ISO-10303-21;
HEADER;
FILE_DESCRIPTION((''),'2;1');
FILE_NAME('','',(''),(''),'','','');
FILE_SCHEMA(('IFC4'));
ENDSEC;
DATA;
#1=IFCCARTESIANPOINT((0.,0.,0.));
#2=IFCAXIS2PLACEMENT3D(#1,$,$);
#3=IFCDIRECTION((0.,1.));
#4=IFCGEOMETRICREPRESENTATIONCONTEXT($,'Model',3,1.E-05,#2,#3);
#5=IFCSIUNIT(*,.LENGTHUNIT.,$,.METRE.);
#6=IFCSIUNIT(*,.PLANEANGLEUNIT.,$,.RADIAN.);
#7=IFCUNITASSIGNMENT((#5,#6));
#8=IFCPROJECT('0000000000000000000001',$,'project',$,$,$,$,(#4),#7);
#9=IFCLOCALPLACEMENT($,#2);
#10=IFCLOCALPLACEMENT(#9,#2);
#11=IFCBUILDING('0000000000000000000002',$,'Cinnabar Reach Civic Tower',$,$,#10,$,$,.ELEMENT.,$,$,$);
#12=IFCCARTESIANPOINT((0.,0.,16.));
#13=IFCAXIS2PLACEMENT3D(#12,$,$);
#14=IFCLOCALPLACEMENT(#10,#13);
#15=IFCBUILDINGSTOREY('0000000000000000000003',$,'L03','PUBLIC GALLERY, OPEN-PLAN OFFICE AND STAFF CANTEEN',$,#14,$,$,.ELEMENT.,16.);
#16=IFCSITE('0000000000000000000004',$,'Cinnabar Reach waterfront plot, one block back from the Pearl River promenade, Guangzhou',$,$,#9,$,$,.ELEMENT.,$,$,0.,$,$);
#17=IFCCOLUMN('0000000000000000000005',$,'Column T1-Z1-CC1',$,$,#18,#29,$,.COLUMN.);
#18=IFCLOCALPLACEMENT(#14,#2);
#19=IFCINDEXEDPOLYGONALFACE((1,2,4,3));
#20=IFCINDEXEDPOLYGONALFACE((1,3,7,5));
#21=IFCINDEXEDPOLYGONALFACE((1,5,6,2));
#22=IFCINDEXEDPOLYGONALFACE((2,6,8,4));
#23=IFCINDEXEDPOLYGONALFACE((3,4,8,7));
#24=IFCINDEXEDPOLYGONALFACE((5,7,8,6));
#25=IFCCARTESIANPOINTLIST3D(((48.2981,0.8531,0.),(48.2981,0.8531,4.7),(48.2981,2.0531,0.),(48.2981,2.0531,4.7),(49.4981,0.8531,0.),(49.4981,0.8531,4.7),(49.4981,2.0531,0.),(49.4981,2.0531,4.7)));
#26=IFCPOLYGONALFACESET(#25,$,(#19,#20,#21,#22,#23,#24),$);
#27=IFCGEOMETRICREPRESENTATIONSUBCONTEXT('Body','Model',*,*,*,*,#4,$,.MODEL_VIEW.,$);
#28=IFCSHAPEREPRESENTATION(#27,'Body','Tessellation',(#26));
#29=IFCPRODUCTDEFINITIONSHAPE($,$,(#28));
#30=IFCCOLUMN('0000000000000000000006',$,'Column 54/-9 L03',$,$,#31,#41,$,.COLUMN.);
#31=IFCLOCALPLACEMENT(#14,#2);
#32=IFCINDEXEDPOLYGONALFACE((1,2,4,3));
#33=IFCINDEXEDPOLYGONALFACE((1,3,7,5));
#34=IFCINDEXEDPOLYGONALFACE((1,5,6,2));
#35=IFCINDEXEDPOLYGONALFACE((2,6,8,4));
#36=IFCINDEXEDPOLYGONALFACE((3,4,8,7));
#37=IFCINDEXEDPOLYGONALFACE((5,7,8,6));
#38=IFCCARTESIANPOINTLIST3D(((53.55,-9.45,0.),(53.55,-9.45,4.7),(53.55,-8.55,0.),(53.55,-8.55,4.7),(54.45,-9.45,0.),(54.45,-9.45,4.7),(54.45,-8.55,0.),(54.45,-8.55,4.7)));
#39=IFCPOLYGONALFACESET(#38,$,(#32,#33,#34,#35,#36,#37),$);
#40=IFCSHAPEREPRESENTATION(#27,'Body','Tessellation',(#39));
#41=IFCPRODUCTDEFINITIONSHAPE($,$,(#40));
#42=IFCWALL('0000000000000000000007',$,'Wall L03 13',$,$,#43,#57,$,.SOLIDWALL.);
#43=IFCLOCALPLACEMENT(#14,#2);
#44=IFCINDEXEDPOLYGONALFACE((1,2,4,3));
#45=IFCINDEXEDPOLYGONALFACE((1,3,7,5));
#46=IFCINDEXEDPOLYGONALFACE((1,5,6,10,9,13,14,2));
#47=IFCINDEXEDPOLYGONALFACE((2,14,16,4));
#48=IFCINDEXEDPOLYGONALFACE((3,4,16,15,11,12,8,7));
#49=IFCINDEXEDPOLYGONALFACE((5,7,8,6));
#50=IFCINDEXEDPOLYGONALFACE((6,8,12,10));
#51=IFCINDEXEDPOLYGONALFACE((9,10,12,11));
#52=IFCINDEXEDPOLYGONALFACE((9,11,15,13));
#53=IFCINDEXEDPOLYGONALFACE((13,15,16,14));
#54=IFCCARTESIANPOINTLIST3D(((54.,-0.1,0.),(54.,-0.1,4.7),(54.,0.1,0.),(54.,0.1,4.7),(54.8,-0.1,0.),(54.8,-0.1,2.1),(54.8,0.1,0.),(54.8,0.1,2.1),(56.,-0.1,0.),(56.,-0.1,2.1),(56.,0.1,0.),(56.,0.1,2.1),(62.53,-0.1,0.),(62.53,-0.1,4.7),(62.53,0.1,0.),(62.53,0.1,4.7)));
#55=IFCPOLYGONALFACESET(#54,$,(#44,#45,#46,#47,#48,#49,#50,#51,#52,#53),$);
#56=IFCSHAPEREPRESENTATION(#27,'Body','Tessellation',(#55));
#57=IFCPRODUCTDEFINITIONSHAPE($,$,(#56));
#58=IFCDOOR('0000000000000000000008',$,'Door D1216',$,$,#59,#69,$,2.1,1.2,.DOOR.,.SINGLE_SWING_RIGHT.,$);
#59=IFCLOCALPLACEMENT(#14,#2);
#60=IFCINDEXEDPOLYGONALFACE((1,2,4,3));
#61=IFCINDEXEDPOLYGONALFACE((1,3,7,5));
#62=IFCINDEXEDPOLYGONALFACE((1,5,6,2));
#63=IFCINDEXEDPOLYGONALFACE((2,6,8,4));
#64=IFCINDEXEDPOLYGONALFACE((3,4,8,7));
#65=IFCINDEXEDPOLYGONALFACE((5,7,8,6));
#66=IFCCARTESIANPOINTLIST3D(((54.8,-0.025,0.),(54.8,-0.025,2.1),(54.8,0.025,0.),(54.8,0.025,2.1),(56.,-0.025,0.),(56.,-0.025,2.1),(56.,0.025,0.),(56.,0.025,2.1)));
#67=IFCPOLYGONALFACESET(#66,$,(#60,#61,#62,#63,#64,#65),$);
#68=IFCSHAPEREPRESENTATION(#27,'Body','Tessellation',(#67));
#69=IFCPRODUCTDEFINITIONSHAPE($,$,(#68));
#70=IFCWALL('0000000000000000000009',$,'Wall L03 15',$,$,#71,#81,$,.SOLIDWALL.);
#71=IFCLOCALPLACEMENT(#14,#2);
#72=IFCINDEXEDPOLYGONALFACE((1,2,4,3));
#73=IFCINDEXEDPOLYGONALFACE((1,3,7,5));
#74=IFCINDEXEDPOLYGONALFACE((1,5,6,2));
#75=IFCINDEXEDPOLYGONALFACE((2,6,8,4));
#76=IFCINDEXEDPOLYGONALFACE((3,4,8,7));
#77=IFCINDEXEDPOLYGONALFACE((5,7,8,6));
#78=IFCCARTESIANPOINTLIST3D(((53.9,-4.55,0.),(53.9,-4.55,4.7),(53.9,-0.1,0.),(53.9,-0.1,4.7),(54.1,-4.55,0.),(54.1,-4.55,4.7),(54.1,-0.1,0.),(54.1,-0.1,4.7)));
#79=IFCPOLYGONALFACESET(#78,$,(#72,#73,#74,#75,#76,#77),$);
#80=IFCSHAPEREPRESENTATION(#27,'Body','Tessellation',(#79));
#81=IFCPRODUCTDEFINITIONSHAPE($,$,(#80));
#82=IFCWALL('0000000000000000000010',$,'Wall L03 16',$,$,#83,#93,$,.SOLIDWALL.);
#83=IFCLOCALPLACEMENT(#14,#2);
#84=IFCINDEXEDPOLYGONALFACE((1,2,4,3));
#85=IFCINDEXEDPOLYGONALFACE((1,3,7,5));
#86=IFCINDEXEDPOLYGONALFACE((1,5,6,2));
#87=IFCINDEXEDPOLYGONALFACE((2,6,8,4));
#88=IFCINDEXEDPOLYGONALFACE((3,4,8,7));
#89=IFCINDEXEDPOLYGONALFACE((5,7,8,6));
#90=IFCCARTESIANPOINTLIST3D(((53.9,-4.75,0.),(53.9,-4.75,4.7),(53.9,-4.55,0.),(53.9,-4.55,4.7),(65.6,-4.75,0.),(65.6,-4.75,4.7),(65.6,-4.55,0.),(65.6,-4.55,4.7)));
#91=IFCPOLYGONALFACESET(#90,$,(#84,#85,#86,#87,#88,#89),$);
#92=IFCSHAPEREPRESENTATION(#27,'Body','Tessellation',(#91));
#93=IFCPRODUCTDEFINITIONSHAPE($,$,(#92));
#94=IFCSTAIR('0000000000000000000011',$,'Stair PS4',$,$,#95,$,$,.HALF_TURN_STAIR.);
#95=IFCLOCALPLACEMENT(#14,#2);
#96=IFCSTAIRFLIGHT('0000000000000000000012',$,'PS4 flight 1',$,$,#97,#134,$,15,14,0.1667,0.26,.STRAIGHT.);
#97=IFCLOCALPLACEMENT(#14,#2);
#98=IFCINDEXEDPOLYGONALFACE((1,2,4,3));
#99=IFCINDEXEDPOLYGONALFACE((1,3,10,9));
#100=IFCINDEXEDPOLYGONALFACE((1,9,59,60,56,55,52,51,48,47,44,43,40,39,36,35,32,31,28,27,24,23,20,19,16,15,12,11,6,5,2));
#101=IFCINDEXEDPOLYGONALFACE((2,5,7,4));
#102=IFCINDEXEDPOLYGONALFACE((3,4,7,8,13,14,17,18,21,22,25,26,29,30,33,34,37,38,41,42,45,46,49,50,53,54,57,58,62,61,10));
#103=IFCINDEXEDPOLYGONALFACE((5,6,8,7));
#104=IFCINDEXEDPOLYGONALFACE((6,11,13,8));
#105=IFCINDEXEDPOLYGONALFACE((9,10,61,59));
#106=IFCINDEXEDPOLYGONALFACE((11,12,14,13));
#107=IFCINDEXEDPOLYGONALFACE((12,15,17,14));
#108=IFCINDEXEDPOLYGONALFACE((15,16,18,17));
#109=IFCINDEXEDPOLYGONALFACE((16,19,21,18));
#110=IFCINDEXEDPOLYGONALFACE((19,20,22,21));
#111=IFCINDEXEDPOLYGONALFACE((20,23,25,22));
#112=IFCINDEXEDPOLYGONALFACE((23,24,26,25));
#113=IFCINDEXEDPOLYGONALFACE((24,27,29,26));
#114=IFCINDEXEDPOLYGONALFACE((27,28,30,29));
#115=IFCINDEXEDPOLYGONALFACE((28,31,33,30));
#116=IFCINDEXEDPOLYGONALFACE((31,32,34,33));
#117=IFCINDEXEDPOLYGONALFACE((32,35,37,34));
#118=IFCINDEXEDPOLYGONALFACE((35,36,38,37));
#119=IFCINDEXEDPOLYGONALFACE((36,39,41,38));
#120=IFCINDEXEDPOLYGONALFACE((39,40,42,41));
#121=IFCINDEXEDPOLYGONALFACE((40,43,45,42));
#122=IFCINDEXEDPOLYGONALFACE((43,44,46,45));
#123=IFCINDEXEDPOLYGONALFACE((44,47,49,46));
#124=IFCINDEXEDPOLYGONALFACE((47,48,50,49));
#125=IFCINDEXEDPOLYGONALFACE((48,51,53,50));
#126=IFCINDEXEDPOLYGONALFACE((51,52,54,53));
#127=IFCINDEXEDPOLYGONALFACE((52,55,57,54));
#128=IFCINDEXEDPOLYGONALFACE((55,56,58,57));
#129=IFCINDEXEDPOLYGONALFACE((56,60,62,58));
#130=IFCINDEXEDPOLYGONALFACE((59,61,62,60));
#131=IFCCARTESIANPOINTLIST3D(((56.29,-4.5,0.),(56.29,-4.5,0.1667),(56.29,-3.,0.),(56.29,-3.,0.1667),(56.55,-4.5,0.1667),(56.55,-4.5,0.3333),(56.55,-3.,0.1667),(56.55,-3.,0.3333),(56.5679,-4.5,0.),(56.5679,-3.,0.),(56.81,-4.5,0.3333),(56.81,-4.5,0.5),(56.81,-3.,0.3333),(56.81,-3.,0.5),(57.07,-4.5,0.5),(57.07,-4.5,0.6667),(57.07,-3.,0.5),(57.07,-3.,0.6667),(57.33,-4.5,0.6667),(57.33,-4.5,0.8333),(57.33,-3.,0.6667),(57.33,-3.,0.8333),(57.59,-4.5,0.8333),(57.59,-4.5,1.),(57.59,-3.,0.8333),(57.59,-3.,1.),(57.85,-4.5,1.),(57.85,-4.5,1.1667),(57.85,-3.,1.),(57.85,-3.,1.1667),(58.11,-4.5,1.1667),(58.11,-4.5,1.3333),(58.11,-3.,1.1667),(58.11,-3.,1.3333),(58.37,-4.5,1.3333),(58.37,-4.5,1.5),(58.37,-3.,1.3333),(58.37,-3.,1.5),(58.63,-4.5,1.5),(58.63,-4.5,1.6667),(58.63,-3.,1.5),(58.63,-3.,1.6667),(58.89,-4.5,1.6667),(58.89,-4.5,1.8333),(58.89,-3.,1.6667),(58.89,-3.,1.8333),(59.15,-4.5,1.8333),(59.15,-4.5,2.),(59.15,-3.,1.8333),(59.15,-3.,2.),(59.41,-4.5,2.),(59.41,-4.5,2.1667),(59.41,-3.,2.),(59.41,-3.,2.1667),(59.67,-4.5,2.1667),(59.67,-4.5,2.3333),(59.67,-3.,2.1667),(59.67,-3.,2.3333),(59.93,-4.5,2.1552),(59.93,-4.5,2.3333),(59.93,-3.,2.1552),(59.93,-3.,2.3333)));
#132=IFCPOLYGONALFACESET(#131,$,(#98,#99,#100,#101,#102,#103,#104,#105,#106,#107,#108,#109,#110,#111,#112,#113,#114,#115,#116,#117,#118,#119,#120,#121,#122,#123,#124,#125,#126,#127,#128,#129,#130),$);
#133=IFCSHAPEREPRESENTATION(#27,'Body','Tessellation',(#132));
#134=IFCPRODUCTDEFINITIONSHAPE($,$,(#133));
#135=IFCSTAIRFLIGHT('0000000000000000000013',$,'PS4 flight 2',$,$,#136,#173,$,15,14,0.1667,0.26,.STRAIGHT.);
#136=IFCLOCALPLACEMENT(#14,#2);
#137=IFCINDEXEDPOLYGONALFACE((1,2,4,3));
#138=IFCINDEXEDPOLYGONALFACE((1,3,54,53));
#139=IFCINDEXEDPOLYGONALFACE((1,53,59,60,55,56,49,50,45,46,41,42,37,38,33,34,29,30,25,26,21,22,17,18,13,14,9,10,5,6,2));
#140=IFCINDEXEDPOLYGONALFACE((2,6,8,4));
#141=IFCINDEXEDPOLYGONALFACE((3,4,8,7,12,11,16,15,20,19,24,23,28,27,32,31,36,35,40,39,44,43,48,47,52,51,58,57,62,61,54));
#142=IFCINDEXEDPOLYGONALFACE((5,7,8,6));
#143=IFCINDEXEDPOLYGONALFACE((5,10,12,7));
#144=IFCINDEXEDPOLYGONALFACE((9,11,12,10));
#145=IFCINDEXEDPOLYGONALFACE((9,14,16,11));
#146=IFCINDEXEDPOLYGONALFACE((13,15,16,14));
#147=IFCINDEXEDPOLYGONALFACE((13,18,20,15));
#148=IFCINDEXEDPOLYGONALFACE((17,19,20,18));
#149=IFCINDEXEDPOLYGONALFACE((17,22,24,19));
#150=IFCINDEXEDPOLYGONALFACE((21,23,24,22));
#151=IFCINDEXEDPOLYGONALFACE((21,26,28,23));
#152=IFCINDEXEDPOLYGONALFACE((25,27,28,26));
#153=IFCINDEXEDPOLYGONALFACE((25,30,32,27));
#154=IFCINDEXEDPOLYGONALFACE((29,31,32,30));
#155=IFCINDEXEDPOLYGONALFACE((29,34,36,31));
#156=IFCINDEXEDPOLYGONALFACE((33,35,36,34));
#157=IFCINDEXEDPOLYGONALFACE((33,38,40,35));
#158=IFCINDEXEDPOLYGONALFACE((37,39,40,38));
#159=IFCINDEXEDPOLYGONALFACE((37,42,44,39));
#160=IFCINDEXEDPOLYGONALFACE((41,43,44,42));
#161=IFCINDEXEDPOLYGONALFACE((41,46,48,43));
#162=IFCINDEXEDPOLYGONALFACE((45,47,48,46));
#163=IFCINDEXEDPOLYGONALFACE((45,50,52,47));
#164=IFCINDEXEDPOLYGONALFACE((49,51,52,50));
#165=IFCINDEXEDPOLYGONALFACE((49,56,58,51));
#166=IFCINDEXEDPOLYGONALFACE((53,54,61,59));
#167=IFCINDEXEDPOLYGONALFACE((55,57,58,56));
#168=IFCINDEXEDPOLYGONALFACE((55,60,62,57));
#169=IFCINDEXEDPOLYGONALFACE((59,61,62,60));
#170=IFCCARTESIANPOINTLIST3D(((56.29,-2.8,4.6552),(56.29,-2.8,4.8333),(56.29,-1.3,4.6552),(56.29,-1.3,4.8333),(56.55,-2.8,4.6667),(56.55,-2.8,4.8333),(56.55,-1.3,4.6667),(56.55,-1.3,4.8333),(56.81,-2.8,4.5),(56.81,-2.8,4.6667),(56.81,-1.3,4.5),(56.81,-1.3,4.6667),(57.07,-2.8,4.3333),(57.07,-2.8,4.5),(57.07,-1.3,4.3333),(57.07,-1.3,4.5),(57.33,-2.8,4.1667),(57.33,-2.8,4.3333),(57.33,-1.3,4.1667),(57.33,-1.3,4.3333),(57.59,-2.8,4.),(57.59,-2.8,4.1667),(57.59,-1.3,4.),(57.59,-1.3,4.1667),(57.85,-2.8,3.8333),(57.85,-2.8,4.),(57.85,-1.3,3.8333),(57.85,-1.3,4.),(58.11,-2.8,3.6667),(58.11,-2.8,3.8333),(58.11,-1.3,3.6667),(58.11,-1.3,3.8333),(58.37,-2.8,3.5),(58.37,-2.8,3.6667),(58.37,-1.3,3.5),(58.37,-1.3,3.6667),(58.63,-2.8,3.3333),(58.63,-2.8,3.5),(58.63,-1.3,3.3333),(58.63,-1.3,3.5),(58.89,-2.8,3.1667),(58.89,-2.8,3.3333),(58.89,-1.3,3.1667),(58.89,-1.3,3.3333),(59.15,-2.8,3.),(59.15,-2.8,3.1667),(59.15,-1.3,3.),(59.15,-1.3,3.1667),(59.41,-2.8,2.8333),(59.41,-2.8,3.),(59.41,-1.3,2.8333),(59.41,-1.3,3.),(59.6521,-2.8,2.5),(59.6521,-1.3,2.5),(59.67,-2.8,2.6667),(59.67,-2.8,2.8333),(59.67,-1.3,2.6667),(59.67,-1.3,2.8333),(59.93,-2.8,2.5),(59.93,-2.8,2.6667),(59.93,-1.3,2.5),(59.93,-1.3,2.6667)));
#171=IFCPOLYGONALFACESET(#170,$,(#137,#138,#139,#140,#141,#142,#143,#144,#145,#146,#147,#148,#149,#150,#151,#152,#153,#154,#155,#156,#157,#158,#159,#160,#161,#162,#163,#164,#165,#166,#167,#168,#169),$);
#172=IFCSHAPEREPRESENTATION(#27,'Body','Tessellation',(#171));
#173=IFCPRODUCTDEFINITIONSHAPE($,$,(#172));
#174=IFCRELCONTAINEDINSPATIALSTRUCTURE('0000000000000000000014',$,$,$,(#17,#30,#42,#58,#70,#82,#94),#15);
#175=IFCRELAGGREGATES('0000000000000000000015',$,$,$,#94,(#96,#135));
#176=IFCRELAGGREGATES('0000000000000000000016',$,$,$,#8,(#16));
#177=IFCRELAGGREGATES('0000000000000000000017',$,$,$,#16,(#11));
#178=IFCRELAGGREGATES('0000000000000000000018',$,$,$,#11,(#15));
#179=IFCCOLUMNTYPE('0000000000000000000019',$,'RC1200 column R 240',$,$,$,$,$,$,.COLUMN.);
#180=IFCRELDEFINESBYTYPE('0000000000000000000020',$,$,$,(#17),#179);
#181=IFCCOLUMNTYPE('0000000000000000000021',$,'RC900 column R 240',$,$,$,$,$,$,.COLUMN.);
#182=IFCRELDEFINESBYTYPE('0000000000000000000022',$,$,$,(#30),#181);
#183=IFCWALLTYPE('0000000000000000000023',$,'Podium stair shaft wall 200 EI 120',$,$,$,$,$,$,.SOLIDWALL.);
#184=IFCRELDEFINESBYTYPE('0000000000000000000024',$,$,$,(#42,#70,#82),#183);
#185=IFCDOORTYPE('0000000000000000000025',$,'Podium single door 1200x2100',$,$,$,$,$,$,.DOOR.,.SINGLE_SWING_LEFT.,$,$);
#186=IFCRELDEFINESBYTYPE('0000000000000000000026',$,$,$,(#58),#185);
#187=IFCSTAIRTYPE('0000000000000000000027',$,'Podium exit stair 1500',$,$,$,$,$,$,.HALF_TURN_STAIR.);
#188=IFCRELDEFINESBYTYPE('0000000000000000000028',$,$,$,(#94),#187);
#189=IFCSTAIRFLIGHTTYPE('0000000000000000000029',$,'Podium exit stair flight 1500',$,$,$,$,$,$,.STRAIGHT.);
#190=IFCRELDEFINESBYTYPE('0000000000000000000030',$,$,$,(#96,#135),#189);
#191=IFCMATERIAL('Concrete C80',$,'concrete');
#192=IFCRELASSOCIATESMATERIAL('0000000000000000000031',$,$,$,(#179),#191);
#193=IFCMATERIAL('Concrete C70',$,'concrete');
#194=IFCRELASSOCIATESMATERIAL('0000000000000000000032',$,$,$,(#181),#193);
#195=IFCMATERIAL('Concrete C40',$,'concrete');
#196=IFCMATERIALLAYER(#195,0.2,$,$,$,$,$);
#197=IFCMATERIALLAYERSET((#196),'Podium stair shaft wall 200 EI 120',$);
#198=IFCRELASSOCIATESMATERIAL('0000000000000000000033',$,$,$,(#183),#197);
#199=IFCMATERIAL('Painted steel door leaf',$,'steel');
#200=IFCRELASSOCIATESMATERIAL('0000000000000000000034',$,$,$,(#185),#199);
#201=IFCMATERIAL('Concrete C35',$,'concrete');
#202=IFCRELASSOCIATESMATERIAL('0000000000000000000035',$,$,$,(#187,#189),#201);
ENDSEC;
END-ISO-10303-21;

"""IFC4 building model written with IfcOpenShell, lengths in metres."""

from ifc_helpers import new_model, si_unit, direction, frame, frame_2d, origin, origin_2d, place, context, subcontext, project, spatial, polyline, rectangle, outline, extrude, material, layer, layer_set, material_profile, profile_set, type_object, element, fill, aggregate, save


model = new_model("IFC4")

# Units and contexts
model_context = context("Model", 3, precision=1e-05, world=origin(), true_north=direction((0.0, 1.0)))
body_context = subcontext(model_context, "Body", "Model", "MODEL_VIEW")
ifc_project = project(units=[si_unit("LENGTHUNIT", "METRE"), si_unit("PLANEANGLEUNIT", "RADIAN")], contexts=[model_context])

# Site, building, storey
site_placement = place(None, origin())
site = spatial("IfcSite", under=ifc_project, at=site_placement, Name="Cinnabar Reach waterfront plot, one block back from the Pearl River promenade, Guangzhou", CompositionType="ELEMENT", RefElevation=0.0)
building_placement = place(site_placement, origin())
building = spatial("IfcBuilding", under=site, at=building_placement, Name="Cinnabar Reach Civic Tower", CompositionType="ELEMENT")
storey_placement = place(building_placement, frame((0.0, 0.0, 16.0)))
storey = spatial("IfcBuildingStorey", under=building, at=storey_placement, Name="L03", Description="PUBLIC GALLERY, OPEN-PLAN OFFICE AND STAFF CANTEEN", CompositionType="ELEMENT", Elevation=16.0)

# Columns
ifc_material_1 = material(Name="Concrete C80", Category="concrete")
ifc_material_profile_1 = material_profile(ifc_material_1, rectangle(XDim=1.2, YDim=1.2, at=origin_2d()), Name="RC1200")
ifc_profile_set_1 = profile_set([ifc_material_profile_1], Name="Concrete C80")
column_type_1 = type_object("IfcColumnType", Name="RC1200 column R 240", PredefinedType="COLUMN", material=ifc_profile_set_1)
column_1_placement = place(storey_placement, frame((48.8981, 1.4531, 0.0), z_axis=(0.0, 0.0, 1.0), x_axis=(1.0, 0.0, 0.0)))
element("IfcColumn", 1, at=column_1_placement, inside=storey, type_object=column_type_1, Name="Column T1-Z1-CC1", PredefinedType="COLUMN", context=body_context, shape_type="SweptSolid", body=[
    extrude(rectangle(XDim=1.2, YDim=1.2, at=origin_2d()), origin(), (0.0, 0.0, 1.0), 4.7),
])
ifc_material_2 = material(Name="Concrete C70", Category="concrete")
ifc_material_profile_2 = material_profile(ifc_material_2, rectangle(XDim=0.9, YDim=0.9, at=origin_2d()), Name="RC900")
ifc_profile_set_2 = profile_set([ifc_material_profile_2], Name="Concrete C70")
column_type_2 = type_object("IfcColumnType", Name="RC900 column R 240", PredefinedType="COLUMN", material=ifc_profile_set_2)
column_2_placement = place(storey_placement, frame((54.0, -9.0, 0.0), z_axis=(0.0, 0.0, 1.0), x_axis=(1.0, 0.0, 0.0)))
element("IfcColumn", 2, at=column_2_placement, inside=storey, type_object=column_type_2, Name="Column 54/-9 L03", PredefinedType="COLUMN", context=body_context, shape_type="SweptSolid", body=[
    extrude(rectangle(XDim=0.9, YDim=0.9, at=origin_2d()), origin(), (0.0, 0.0, 1.0), 4.7),
])

# Wall, opening, door
ifc_material_3 = material(Name="Concrete C40", Category="concrete")
ifc_layer = layer(ifc_material_3, 0.2)
ifc_layer_set = layer_set([ifc_layer], Name="Podium stair shaft wall 200 EI 120")
wall_type = type_object("IfcWallType", Name="Podium stair shaft wall 200 EI 120", PredefinedType="SOLIDWALL", material=ifc_layer_set)
wall_1_placement = place(storey_placement, frame((54.0, 0.0, 0.0), z_axis=(0.0, 0.0, 1.0), x_axis=(1.0, 0.0, 0.0)))
wall_1 = element("IfcWall", 3, at=wall_1_placement, inside=storey, type_object=wall_type, Name="Wall L03 13", PredefinedType="SOLIDWALL", context=body_context, shape_type="SweptSolid", body=[
    extrude(rectangle(XDim=8.53, YDim=0.2, at=frame_2d((4.265, 0.0))), origin(), (0.0, 0.0, 1.0), 4.7),
])
opening_placement = place(wall_1_placement, frame((0.8, 0.0, 0.0)))
opening = element("IfcOpeningElement", 4, at=opening_placement, cuts=wall_1, PredefinedType="OPENING", context=body_context, shape_type="SweptSolid", body=[
    extrude(rectangle(XDim=1.2, YDim=2.1, at=frame_2d((0.6, 1.05))), frame((0.0, 0.11, 0.0), z_axis=(0.0, -1.0, 0.0), x_axis=(1.0, 0.0, 0.0)), (0.0, 0.0, 1.0), 0.22),
])
ifc_material_4 = material(Name="Painted steel door leaf", Category="steel")
door_type = type_object("IfcDoorType", Name="Podium single door 1200x2100", OperationType="SINGLE_SWING_LEFT", PredefinedType="DOOR", material=ifc_material_4)
door_placement = place(opening_placement, frame((1.2, 0.0, 0.0), z_axis=(0.0, 0.0, 1.0), x_axis=(-1.0, 0.0, 0.0)))
door = element("IfcDoor", 5, at=door_placement, inside=storey, type_object=door_type, Name="Door D1216", OperationType="SINGLE_SWING_RIGHT", OverallHeight=2.1, OverallWidth=1.2, PredefinedType="DOOR", context=body_context, shape_type="SweptSolid", body=[
    extrude(rectangle(XDim=1.2, YDim=2.1, at=frame_2d((0.6, 1.05))), frame((0.0, 0.025, 0.0), z_axis=(0.0, -1.0, 0.0), x_axis=(1.0, 0.0, 0.0)), (0.0, 0.0, 1.0), 0.05),
])
fill(opening, door)

# Walls
wall_2_placement = place(storey_placement, frame((54.0, -4.55, 0.0), z_axis=(0.0, 0.0, 1.0), x_axis=(0.0, 1.0, 0.0)))
element("IfcWall", 6, at=wall_2_placement, inside=storey, type_object=wall_type, Name="Wall L03 15", PredefinedType="SOLIDWALL", context=body_context, shape_type="SweptSolid", body=[
    extrude(rectangle(XDim=4.45, YDim=0.2, at=frame_2d((2.225, 0.0))), origin(), (0.0, 0.0, 1.0), 4.7),
])
wall_3_placement = place(storey_placement, frame((53.9, -4.65, 0.0), z_axis=(0.0, 0.0, 1.0), x_axis=(1.0, 0.0, 0.0)))
element("IfcWall", 7, at=wall_3_placement, inside=storey, type_object=wall_type, Name="Wall L03 16", PredefinedType="SOLIDWALL", context=body_context, shape_type="SweptSolid", body=[
    extrude(rectangle(XDim=11.7, YDim=0.2, at=frame_2d((5.85, 0.0))), origin(), (0.0, 0.0, 1.0), 4.7),
])

# Stair, stair flights
ifc_material_5 = material(Name="Concrete C35", Category="concrete")
stair_type = type_object("IfcStairType", Name="Podium exit stair 1500", PredefinedType="HALF_TURN_STAIR", material=ifc_material_5)
stair_placement = place(storey_placement, origin())
stair = element("IfcStair", 8, at=stair_placement, inside=storey, type_object=stair_type, Name="Stair PS4", PredefinedType="HALF_TURN_STAIR")
stair_flight_type = type_object("IfcStairFlightType", Name="Podium exit stair flight 1500", PredefinedType="STRAIGHT", material=ifc_material_5)
stair_flight_1_placement = place(storey_placement, frame((56.29, -3.75, 0.0), z_axis=(0.0, 0.0, 1.0), x_axis=(1.0, 0.0, 0.0)))
stair_flight_1 = element("IfcStairFlight", 9, at=stair_flight_1_placement, type_object=stair_flight_type, Name="PS4 flight 1", NumberOfRisers=15, NumberOfTreads=14, PredefinedType="STRAIGHT", RiserHeight=0.1667, TreadLength=0.26, context=body_context, shape_type="SweptSolid", body=[
    extrude(outline(polyline([(0.0, 0.0), (0.0, 0.1667), (0.26, 0.1667), (0.26, 0.3333), (0.52, 0.3333), (0.52, 0.5), (0.78, 0.5), (0.78, 0.6667), (1.04, 0.6667), (1.04, 0.8333), (1.3, 0.8333), (1.3, 1.0), (1.56, 1.0), (1.56, 1.1667), (1.82, 1.1667), (1.82, 1.3333), (2.08, 1.3333), (2.08, 1.5), (2.34, 1.5), (2.34, 1.6667), (2.6, 1.6667), (2.6, 1.8333), (2.86, 1.8333), (2.86, 2.0), (3.12, 2.0), (3.12, 2.1667), (3.38, 2.1667), (3.38, 2.3333), (3.64, 2.3333), (3.64, 2.5), (3.64, 2.1552), (0.2779, 0.0), (0.0, 0.0)])), frame((0.0, 0.75, 0.0), z_axis=(0.0, -1.0, 0.0), x_axis=(1.0, 0.0, 0.0)), (0.0, 0.0, 1.0), 1.5),
])
stair_flight_2_placement = place(storey_placement, frame((59.93, -2.05, 2.5), z_axis=(0.0, 0.0, 1.0), x_axis=(-1.0, 0.0, 0.0)))
stair_flight_2 = element("IfcStairFlight", 10, at=stair_flight_2_placement, type_object=stair_flight_type, Name="PS4 flight 2", NumberOfRisers=15, NumberOfTreads=14, PredefinedType="STRAIGHT", RiserHeight=0.1667, TreadLength=0.26, context=body_context, shape_type="SweptSolid", body=[
    extrude(outline(polyline([(0.0, 0.0), (0.0, 0.1667), (0.26, 0.1667), (0.26, 0.3333), (0.52, 0.3333), (0.52, 0.5), (0.78, 0.5), (0.78, 0.6667), (1.04, 0.6667), (1.04, 0.8333), (1.3, 0.8333), (1.3, 1.0), (1.56, 1.0), (1.56, 1.1667), (1.82, 1.1667), (1.82, 1.3333), (2.08, 1.3333), (2.08, 1.5), (2.34, 1.5), (2.34, 1.6667), (2.6, 1.6667), (2.6, 1.8333), (2.86, 1.8333), (2.86, 2.0), (3.12, 2.0), (3.12, 2.1667), (3.38, 2.1667), (3.38, 2.3333), (3.64, 2.3333), (3.64, 2.5), (3.64, 2.1552), (0.2779, 0.0), (0.0, 0.0)])), frame((0.0, 0.75, 0.0), z_axis=(0.0, -1.0, 0.0), x_axis=(1.0, 0.0, 0.0)), (0.0, 0.0, 1.0), 1.5),
])
aggregate(stair, [stair_flight_1, stair_flight_2])

save(model, "model.ifc")
